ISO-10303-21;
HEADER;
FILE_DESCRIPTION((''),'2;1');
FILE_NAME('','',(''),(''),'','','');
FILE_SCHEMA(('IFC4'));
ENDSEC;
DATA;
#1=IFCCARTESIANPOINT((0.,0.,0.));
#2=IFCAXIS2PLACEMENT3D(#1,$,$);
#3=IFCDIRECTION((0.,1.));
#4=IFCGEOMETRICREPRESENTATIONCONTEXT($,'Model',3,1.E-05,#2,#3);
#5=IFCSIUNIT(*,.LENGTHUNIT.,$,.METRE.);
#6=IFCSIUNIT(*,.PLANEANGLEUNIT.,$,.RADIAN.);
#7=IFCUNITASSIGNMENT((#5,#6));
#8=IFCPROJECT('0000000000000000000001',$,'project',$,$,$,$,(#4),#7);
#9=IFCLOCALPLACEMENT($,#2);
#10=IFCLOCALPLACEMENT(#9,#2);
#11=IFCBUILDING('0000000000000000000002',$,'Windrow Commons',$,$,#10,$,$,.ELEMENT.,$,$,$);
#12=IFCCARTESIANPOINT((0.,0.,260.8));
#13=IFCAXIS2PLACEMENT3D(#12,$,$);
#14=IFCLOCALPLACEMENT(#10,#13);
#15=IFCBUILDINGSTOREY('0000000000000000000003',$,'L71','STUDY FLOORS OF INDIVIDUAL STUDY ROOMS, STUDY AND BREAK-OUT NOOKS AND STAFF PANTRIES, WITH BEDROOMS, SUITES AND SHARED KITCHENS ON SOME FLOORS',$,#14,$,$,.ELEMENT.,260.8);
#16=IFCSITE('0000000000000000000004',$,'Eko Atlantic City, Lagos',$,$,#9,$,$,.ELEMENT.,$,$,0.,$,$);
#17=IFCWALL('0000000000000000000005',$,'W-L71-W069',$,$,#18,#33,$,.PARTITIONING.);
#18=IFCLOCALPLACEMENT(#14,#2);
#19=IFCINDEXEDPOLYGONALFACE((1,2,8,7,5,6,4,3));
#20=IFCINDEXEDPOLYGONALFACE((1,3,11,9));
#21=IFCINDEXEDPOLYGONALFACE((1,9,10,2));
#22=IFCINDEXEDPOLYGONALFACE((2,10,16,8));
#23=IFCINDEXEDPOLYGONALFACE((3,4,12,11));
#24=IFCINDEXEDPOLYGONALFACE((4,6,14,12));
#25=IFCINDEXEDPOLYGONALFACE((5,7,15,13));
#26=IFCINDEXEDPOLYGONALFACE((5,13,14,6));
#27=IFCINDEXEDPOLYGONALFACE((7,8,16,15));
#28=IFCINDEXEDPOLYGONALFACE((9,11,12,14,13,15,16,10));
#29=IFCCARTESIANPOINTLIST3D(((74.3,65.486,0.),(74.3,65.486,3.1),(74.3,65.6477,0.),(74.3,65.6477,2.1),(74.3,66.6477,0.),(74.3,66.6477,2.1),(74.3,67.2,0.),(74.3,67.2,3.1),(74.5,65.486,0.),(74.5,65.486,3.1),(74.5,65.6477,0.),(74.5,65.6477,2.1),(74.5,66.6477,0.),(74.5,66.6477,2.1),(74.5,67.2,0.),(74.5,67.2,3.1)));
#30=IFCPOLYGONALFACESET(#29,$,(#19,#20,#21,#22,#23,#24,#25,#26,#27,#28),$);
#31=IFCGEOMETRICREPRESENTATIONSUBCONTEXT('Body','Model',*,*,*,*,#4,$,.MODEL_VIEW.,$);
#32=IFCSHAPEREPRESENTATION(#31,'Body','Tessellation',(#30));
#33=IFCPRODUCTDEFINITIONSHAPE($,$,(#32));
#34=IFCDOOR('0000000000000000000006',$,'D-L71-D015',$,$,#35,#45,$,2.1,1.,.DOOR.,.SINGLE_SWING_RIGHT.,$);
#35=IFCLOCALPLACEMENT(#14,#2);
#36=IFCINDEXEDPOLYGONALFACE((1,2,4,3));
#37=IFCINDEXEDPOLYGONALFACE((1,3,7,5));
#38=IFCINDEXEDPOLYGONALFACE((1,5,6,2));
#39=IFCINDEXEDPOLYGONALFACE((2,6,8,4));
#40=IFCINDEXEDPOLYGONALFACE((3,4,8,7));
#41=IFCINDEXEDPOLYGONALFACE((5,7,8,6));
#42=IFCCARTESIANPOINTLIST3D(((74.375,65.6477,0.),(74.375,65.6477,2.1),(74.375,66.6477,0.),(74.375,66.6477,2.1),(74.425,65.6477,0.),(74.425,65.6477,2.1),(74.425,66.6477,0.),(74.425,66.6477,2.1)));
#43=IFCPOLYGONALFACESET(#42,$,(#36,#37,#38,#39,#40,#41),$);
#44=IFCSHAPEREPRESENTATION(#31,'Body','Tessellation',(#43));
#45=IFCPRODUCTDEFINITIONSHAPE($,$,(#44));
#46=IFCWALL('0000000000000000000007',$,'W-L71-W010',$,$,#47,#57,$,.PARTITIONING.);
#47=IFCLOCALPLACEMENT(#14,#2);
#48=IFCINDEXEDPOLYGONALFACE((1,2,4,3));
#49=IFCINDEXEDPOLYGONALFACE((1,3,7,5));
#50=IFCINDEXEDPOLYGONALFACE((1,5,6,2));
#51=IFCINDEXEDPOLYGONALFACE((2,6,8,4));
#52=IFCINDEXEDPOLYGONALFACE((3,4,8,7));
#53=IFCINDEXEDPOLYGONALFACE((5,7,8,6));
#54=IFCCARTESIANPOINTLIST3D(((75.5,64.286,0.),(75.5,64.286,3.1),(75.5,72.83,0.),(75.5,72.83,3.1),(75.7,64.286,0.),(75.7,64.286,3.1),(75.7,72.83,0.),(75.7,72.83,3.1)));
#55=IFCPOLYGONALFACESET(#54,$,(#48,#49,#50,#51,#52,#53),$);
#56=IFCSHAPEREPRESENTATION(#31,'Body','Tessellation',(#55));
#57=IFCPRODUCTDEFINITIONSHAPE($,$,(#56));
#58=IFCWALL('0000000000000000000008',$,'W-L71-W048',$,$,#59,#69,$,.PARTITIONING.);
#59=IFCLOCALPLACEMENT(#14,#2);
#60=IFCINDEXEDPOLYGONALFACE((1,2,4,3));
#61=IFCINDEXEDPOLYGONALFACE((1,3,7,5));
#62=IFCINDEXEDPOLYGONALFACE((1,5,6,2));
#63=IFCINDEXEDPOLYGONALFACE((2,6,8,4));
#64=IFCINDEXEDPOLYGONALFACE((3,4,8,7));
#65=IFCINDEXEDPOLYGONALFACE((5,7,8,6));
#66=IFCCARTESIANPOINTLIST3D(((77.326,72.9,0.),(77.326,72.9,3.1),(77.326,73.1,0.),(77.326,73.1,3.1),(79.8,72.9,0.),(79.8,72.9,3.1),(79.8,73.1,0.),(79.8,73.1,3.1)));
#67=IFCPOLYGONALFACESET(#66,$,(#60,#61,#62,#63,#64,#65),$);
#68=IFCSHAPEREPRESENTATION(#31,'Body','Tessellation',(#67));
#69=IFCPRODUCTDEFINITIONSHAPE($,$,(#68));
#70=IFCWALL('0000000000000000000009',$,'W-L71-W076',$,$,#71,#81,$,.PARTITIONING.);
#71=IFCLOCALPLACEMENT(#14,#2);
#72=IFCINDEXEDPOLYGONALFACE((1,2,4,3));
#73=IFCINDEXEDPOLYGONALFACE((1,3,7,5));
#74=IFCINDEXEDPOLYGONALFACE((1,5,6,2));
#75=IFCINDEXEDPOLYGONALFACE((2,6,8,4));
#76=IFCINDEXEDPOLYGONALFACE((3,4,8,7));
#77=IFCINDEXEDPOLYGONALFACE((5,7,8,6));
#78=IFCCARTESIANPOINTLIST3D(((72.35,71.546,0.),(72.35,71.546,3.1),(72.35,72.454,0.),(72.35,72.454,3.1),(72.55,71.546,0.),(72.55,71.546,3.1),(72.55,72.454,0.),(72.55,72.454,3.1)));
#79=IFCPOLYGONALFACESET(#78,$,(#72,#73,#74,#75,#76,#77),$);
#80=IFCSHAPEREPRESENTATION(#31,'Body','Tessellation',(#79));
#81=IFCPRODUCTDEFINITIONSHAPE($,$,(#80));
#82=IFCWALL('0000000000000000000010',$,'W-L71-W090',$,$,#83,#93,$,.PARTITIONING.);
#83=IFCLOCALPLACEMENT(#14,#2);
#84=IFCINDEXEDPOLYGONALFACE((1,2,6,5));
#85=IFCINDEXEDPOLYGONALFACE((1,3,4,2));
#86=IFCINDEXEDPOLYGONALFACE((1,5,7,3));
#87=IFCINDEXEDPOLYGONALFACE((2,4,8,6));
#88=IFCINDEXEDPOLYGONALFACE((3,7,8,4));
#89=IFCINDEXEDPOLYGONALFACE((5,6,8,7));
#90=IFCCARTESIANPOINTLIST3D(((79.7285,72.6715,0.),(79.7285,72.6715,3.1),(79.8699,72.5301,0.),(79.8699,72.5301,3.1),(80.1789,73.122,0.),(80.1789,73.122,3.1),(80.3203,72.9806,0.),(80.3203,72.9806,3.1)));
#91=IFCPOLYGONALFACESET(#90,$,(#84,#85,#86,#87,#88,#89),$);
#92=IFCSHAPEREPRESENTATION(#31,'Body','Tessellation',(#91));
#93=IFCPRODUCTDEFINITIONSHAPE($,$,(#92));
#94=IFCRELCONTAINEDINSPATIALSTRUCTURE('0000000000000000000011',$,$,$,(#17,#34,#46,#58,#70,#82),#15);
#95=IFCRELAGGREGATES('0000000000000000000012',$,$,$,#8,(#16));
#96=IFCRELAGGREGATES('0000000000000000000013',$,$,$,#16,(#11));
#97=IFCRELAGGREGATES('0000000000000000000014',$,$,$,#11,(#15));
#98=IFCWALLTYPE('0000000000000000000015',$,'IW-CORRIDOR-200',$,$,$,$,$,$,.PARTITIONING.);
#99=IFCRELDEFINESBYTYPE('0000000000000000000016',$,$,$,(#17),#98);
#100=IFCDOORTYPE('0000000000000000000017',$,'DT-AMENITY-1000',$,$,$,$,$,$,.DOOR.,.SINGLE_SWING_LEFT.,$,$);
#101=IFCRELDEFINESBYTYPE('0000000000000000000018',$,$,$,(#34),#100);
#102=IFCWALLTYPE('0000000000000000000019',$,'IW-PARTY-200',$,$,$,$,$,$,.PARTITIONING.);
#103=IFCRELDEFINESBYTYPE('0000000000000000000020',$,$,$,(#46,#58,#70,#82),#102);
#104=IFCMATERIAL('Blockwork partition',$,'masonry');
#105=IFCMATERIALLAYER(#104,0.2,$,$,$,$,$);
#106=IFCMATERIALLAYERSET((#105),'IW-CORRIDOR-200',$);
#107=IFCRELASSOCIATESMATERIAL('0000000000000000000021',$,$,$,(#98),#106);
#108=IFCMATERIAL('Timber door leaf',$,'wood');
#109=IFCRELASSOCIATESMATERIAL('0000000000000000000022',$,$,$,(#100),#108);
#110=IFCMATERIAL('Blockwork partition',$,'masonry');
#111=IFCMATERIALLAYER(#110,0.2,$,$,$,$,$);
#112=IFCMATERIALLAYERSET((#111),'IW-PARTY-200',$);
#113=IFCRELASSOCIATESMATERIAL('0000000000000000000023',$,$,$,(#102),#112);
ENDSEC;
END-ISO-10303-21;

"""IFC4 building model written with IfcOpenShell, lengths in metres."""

from ifc_helpers import new_model, si_unit, direction, frame, frame_2d, origin, place, context, subcontext, project, spatial, rectangle, extrude, material, layer, layer_set, type_object, element, fill, save


model = new_model("IFC4")

# Units and contexts
model_context = context("Model", 3, precision=1e-05, world=origin(), true_north=direction((0.0, 1.0)))
body_context = subcontext(model_context, "Body", "Model", "MODEL_VIEW")
ifc_project = project(units=[si_unit("LENGTHUNIT", "METRE"), si_unit("PLANEANGLEUNIT", "RADIAN")], contexts=[model_context])

# Site, building, storey
site_placement = place(None, origin())
site = spatial("IfcSite", under=ifc_project, at=site_placement, Name="Eko Atlantic City, Lagos", CompositionType="ELEMENT", RefElevation=0.0)
building_placement = place(site_placement, origin())
building = spatial("IfcBuilding", under=site, at=building_placement, Name="Windrow Commons", CompositionType="ELEMENT")
storey_placement = place(building_placement, frame((0.0, 0.0, 260.8)))
storey = spatial("IfcBuildingStorey", under=building, at=storey_placement, Name="L71", Description="STUDY FLOORS OF INDIVIDUAL STUDY ROOMS, STUDY AND BREAK-OUT NOOKS AND STAFF PANTRIES, WITH BEDROOMS, SUITES AND SHARED KITCHENS ON SOME FLOORS", CompositionType="ELEMENT", Elevation=260.8)

# Shared definitions
ifc_material_1 = material(Name="Blockwork partition", Category="masonry")
ifc_layer_1 = layer(ifc_material_1, 0.2)
ifc_layer_set_1 = layer_set([ifc_layer_1], Name="IW-CORRIDOR-200")
wall_type_1 = type_object("IfcWallType", Name="IW-CORRIDOR-200", PredefinedType="PARTITIONING", material=ifc_layer_set_1)
ifc_material_2 = material(Name="Timber door leaf", Category="wood")
door_type = type_object("IfcDoorType", Name="DT-AMENITY-1000", OperationType="SINGLE_SWING_LEFT", PredefinedType="DOOR", material=ifc_material_2)

# Wall, opening, door
wall_1_placement = place(storey_placement, frame((74.4, 65.486, 0.0), z_axis=(0.0, 0.0, 1.0), x_axis=(0.0, 1.0, 0.0)))
wall_1 = element("IfcWall", 1, at=wall_1_placement, inside=storey, type_object=wall_type_1, Name="W-L71-W069", PredefinedType="PARTITIONING", context=body_context, shape_type="SweptSolid", body=[
    extrude(rectangle(XDim=1.714, YDim=0.2, at=frame_2d((0.857, 0.0))), origin(), (0.0, 0.0, 1.0), 3.1),
])
opening_1_placement = place(wall_1_placement, frame((0.1617, 0.0, 0.0)))
opening_1 = element("IfcOpeningElement", 2, at=opening_1_placement, cuts=wall_1, PredefinedType="OPENING", context=body_context, shape_type="SweptSolid", body=[
    extrude(rectangle(XDim=1.0, YDim=2.1, at=frame_2d((0.5, 1.05))), frame((0.0, 0.11, 0.0), z_axis=(0.0, -1.0, 0.0), x_axis=(1.0, 0.0, 0.0)), (0.0, 0.0, 1.0), 0.22),
])
door_1_placement = place(opening_1_placement, origin())
door_1 = element("IfcDoor", 3, at=door_1_placement, inside=storey, type_object=door_type, Name="D-L71-D015", OperationType="SINGLE_SWING_RIGHT", OverallHeight=2.1, OverallWidth=1.0, PredefinedType="DOOR", context=body_context, shape_type="SweptSolid", body=[
    extrude(rectangle(XDim=1.0, YDim=2.1, at=frame_2d((0.5, 1.05))), frame((0.0, 0.025, 0.0), z_axis=(0.0, -1.0, 0.0), x_axis=(1.0, 0.0, 0.0)), (0.0, 0.0, 1.0), 0.05),
])
fill(opening_1, door_1)

# Walls
ifc_material_3 = material(Name="Blockwork partition", Category="masonry")
ifc_layer_2 = layer(ifc_material_3, 0.2)
ifc_layer_set_2 = layer_set([ifc_layer_2], Name="IW-PARTY-200")
wall_type_2 = type_object("IfcWallType", Name="IW-PARTY-200", PredefinedType="PARTITIONING", material=ifc_layer_set_2)
wall_2_placement = place(storey_placement, frame((75.6, 64.286, 0.0), z_axis=(0.0, 0.0, 1.0), x_axis=(0.0, 1.0, 0.0)))
element("IfcWall", 4, at=wall_2_placement, inside=storey, type_object=wall_type_2, Name="W-L71-W010", PredefinedType="PARTITIONING", context=body_context, shape_type="SweptSolid", body=[
    extrude(rectangle(XDim=8.544, YDim=0.2, at=frame_2d((4.272, 0.0))), origin(), (0.0, 0.0, 1.0), 3.1),
])
wall_3_placement = place(storey_placement, frame((77.3261, 73.0, 0.0), z_axis=(0.0, 0.0, 1.0), x_axis=(1.0, 0.0, 0.0)))
element("IfcWall", 5, at=wall_3_placement, inside=storey, type_object=wall_type_2, Name="W-L71-W048", PredefinedType="PARTITIONING", context=body_context, shape_type="SweptSolid", body=[
    extrude(rectangle(XDim=2.4739, YDim=0.2, at=frame_2d((1.2369, 0.0))), origin(), (0.0, 0.0, 1.0), 3.1),
])
wall_4_placement = place(storey_placement, frame((72.45, 71.546, 0.0), z_axis=(0.0, 0.0, 1.0), x_axis=(0.0, 1.0, 0.0)))
element("IfcWall", 6, at=wall_4_placement, inside=storey, type_object=wall_type_2, Name="W-L71-W076", PredefinedType="PARTITIONING", context=body_context, shape_type="SweptSolid", body=[
    extrude(rectangle(XDim=0.908, YDim=0.2, at=frame_2d((0.454, 0.0))), origin(), (0.0, 0.0, 1.0), 3.1),
])
wall_5_placement = place(storey_placement, frame((79.7992, 72.6008, 0.0), z_axis=(0.0, 0.0, 1.0), x_axis=(0.707028, 0.707185, 0.0)))
element("IfcWall", 7, at=wall_5_placement, inside=storey, type_object=wall_type_2, Name="W-L71-W090", PredefinedType="PARTITIONING", context=body_context, shape_type="SweptSolid", body=[
    extrude(rectangle(XDim=0.637, YDim=0.2, at=frame_2d((0.3185, 0.0))), origin(), (0.0, 0.0, 1.0), 3.1),
])

save(model, "model.ifc")
